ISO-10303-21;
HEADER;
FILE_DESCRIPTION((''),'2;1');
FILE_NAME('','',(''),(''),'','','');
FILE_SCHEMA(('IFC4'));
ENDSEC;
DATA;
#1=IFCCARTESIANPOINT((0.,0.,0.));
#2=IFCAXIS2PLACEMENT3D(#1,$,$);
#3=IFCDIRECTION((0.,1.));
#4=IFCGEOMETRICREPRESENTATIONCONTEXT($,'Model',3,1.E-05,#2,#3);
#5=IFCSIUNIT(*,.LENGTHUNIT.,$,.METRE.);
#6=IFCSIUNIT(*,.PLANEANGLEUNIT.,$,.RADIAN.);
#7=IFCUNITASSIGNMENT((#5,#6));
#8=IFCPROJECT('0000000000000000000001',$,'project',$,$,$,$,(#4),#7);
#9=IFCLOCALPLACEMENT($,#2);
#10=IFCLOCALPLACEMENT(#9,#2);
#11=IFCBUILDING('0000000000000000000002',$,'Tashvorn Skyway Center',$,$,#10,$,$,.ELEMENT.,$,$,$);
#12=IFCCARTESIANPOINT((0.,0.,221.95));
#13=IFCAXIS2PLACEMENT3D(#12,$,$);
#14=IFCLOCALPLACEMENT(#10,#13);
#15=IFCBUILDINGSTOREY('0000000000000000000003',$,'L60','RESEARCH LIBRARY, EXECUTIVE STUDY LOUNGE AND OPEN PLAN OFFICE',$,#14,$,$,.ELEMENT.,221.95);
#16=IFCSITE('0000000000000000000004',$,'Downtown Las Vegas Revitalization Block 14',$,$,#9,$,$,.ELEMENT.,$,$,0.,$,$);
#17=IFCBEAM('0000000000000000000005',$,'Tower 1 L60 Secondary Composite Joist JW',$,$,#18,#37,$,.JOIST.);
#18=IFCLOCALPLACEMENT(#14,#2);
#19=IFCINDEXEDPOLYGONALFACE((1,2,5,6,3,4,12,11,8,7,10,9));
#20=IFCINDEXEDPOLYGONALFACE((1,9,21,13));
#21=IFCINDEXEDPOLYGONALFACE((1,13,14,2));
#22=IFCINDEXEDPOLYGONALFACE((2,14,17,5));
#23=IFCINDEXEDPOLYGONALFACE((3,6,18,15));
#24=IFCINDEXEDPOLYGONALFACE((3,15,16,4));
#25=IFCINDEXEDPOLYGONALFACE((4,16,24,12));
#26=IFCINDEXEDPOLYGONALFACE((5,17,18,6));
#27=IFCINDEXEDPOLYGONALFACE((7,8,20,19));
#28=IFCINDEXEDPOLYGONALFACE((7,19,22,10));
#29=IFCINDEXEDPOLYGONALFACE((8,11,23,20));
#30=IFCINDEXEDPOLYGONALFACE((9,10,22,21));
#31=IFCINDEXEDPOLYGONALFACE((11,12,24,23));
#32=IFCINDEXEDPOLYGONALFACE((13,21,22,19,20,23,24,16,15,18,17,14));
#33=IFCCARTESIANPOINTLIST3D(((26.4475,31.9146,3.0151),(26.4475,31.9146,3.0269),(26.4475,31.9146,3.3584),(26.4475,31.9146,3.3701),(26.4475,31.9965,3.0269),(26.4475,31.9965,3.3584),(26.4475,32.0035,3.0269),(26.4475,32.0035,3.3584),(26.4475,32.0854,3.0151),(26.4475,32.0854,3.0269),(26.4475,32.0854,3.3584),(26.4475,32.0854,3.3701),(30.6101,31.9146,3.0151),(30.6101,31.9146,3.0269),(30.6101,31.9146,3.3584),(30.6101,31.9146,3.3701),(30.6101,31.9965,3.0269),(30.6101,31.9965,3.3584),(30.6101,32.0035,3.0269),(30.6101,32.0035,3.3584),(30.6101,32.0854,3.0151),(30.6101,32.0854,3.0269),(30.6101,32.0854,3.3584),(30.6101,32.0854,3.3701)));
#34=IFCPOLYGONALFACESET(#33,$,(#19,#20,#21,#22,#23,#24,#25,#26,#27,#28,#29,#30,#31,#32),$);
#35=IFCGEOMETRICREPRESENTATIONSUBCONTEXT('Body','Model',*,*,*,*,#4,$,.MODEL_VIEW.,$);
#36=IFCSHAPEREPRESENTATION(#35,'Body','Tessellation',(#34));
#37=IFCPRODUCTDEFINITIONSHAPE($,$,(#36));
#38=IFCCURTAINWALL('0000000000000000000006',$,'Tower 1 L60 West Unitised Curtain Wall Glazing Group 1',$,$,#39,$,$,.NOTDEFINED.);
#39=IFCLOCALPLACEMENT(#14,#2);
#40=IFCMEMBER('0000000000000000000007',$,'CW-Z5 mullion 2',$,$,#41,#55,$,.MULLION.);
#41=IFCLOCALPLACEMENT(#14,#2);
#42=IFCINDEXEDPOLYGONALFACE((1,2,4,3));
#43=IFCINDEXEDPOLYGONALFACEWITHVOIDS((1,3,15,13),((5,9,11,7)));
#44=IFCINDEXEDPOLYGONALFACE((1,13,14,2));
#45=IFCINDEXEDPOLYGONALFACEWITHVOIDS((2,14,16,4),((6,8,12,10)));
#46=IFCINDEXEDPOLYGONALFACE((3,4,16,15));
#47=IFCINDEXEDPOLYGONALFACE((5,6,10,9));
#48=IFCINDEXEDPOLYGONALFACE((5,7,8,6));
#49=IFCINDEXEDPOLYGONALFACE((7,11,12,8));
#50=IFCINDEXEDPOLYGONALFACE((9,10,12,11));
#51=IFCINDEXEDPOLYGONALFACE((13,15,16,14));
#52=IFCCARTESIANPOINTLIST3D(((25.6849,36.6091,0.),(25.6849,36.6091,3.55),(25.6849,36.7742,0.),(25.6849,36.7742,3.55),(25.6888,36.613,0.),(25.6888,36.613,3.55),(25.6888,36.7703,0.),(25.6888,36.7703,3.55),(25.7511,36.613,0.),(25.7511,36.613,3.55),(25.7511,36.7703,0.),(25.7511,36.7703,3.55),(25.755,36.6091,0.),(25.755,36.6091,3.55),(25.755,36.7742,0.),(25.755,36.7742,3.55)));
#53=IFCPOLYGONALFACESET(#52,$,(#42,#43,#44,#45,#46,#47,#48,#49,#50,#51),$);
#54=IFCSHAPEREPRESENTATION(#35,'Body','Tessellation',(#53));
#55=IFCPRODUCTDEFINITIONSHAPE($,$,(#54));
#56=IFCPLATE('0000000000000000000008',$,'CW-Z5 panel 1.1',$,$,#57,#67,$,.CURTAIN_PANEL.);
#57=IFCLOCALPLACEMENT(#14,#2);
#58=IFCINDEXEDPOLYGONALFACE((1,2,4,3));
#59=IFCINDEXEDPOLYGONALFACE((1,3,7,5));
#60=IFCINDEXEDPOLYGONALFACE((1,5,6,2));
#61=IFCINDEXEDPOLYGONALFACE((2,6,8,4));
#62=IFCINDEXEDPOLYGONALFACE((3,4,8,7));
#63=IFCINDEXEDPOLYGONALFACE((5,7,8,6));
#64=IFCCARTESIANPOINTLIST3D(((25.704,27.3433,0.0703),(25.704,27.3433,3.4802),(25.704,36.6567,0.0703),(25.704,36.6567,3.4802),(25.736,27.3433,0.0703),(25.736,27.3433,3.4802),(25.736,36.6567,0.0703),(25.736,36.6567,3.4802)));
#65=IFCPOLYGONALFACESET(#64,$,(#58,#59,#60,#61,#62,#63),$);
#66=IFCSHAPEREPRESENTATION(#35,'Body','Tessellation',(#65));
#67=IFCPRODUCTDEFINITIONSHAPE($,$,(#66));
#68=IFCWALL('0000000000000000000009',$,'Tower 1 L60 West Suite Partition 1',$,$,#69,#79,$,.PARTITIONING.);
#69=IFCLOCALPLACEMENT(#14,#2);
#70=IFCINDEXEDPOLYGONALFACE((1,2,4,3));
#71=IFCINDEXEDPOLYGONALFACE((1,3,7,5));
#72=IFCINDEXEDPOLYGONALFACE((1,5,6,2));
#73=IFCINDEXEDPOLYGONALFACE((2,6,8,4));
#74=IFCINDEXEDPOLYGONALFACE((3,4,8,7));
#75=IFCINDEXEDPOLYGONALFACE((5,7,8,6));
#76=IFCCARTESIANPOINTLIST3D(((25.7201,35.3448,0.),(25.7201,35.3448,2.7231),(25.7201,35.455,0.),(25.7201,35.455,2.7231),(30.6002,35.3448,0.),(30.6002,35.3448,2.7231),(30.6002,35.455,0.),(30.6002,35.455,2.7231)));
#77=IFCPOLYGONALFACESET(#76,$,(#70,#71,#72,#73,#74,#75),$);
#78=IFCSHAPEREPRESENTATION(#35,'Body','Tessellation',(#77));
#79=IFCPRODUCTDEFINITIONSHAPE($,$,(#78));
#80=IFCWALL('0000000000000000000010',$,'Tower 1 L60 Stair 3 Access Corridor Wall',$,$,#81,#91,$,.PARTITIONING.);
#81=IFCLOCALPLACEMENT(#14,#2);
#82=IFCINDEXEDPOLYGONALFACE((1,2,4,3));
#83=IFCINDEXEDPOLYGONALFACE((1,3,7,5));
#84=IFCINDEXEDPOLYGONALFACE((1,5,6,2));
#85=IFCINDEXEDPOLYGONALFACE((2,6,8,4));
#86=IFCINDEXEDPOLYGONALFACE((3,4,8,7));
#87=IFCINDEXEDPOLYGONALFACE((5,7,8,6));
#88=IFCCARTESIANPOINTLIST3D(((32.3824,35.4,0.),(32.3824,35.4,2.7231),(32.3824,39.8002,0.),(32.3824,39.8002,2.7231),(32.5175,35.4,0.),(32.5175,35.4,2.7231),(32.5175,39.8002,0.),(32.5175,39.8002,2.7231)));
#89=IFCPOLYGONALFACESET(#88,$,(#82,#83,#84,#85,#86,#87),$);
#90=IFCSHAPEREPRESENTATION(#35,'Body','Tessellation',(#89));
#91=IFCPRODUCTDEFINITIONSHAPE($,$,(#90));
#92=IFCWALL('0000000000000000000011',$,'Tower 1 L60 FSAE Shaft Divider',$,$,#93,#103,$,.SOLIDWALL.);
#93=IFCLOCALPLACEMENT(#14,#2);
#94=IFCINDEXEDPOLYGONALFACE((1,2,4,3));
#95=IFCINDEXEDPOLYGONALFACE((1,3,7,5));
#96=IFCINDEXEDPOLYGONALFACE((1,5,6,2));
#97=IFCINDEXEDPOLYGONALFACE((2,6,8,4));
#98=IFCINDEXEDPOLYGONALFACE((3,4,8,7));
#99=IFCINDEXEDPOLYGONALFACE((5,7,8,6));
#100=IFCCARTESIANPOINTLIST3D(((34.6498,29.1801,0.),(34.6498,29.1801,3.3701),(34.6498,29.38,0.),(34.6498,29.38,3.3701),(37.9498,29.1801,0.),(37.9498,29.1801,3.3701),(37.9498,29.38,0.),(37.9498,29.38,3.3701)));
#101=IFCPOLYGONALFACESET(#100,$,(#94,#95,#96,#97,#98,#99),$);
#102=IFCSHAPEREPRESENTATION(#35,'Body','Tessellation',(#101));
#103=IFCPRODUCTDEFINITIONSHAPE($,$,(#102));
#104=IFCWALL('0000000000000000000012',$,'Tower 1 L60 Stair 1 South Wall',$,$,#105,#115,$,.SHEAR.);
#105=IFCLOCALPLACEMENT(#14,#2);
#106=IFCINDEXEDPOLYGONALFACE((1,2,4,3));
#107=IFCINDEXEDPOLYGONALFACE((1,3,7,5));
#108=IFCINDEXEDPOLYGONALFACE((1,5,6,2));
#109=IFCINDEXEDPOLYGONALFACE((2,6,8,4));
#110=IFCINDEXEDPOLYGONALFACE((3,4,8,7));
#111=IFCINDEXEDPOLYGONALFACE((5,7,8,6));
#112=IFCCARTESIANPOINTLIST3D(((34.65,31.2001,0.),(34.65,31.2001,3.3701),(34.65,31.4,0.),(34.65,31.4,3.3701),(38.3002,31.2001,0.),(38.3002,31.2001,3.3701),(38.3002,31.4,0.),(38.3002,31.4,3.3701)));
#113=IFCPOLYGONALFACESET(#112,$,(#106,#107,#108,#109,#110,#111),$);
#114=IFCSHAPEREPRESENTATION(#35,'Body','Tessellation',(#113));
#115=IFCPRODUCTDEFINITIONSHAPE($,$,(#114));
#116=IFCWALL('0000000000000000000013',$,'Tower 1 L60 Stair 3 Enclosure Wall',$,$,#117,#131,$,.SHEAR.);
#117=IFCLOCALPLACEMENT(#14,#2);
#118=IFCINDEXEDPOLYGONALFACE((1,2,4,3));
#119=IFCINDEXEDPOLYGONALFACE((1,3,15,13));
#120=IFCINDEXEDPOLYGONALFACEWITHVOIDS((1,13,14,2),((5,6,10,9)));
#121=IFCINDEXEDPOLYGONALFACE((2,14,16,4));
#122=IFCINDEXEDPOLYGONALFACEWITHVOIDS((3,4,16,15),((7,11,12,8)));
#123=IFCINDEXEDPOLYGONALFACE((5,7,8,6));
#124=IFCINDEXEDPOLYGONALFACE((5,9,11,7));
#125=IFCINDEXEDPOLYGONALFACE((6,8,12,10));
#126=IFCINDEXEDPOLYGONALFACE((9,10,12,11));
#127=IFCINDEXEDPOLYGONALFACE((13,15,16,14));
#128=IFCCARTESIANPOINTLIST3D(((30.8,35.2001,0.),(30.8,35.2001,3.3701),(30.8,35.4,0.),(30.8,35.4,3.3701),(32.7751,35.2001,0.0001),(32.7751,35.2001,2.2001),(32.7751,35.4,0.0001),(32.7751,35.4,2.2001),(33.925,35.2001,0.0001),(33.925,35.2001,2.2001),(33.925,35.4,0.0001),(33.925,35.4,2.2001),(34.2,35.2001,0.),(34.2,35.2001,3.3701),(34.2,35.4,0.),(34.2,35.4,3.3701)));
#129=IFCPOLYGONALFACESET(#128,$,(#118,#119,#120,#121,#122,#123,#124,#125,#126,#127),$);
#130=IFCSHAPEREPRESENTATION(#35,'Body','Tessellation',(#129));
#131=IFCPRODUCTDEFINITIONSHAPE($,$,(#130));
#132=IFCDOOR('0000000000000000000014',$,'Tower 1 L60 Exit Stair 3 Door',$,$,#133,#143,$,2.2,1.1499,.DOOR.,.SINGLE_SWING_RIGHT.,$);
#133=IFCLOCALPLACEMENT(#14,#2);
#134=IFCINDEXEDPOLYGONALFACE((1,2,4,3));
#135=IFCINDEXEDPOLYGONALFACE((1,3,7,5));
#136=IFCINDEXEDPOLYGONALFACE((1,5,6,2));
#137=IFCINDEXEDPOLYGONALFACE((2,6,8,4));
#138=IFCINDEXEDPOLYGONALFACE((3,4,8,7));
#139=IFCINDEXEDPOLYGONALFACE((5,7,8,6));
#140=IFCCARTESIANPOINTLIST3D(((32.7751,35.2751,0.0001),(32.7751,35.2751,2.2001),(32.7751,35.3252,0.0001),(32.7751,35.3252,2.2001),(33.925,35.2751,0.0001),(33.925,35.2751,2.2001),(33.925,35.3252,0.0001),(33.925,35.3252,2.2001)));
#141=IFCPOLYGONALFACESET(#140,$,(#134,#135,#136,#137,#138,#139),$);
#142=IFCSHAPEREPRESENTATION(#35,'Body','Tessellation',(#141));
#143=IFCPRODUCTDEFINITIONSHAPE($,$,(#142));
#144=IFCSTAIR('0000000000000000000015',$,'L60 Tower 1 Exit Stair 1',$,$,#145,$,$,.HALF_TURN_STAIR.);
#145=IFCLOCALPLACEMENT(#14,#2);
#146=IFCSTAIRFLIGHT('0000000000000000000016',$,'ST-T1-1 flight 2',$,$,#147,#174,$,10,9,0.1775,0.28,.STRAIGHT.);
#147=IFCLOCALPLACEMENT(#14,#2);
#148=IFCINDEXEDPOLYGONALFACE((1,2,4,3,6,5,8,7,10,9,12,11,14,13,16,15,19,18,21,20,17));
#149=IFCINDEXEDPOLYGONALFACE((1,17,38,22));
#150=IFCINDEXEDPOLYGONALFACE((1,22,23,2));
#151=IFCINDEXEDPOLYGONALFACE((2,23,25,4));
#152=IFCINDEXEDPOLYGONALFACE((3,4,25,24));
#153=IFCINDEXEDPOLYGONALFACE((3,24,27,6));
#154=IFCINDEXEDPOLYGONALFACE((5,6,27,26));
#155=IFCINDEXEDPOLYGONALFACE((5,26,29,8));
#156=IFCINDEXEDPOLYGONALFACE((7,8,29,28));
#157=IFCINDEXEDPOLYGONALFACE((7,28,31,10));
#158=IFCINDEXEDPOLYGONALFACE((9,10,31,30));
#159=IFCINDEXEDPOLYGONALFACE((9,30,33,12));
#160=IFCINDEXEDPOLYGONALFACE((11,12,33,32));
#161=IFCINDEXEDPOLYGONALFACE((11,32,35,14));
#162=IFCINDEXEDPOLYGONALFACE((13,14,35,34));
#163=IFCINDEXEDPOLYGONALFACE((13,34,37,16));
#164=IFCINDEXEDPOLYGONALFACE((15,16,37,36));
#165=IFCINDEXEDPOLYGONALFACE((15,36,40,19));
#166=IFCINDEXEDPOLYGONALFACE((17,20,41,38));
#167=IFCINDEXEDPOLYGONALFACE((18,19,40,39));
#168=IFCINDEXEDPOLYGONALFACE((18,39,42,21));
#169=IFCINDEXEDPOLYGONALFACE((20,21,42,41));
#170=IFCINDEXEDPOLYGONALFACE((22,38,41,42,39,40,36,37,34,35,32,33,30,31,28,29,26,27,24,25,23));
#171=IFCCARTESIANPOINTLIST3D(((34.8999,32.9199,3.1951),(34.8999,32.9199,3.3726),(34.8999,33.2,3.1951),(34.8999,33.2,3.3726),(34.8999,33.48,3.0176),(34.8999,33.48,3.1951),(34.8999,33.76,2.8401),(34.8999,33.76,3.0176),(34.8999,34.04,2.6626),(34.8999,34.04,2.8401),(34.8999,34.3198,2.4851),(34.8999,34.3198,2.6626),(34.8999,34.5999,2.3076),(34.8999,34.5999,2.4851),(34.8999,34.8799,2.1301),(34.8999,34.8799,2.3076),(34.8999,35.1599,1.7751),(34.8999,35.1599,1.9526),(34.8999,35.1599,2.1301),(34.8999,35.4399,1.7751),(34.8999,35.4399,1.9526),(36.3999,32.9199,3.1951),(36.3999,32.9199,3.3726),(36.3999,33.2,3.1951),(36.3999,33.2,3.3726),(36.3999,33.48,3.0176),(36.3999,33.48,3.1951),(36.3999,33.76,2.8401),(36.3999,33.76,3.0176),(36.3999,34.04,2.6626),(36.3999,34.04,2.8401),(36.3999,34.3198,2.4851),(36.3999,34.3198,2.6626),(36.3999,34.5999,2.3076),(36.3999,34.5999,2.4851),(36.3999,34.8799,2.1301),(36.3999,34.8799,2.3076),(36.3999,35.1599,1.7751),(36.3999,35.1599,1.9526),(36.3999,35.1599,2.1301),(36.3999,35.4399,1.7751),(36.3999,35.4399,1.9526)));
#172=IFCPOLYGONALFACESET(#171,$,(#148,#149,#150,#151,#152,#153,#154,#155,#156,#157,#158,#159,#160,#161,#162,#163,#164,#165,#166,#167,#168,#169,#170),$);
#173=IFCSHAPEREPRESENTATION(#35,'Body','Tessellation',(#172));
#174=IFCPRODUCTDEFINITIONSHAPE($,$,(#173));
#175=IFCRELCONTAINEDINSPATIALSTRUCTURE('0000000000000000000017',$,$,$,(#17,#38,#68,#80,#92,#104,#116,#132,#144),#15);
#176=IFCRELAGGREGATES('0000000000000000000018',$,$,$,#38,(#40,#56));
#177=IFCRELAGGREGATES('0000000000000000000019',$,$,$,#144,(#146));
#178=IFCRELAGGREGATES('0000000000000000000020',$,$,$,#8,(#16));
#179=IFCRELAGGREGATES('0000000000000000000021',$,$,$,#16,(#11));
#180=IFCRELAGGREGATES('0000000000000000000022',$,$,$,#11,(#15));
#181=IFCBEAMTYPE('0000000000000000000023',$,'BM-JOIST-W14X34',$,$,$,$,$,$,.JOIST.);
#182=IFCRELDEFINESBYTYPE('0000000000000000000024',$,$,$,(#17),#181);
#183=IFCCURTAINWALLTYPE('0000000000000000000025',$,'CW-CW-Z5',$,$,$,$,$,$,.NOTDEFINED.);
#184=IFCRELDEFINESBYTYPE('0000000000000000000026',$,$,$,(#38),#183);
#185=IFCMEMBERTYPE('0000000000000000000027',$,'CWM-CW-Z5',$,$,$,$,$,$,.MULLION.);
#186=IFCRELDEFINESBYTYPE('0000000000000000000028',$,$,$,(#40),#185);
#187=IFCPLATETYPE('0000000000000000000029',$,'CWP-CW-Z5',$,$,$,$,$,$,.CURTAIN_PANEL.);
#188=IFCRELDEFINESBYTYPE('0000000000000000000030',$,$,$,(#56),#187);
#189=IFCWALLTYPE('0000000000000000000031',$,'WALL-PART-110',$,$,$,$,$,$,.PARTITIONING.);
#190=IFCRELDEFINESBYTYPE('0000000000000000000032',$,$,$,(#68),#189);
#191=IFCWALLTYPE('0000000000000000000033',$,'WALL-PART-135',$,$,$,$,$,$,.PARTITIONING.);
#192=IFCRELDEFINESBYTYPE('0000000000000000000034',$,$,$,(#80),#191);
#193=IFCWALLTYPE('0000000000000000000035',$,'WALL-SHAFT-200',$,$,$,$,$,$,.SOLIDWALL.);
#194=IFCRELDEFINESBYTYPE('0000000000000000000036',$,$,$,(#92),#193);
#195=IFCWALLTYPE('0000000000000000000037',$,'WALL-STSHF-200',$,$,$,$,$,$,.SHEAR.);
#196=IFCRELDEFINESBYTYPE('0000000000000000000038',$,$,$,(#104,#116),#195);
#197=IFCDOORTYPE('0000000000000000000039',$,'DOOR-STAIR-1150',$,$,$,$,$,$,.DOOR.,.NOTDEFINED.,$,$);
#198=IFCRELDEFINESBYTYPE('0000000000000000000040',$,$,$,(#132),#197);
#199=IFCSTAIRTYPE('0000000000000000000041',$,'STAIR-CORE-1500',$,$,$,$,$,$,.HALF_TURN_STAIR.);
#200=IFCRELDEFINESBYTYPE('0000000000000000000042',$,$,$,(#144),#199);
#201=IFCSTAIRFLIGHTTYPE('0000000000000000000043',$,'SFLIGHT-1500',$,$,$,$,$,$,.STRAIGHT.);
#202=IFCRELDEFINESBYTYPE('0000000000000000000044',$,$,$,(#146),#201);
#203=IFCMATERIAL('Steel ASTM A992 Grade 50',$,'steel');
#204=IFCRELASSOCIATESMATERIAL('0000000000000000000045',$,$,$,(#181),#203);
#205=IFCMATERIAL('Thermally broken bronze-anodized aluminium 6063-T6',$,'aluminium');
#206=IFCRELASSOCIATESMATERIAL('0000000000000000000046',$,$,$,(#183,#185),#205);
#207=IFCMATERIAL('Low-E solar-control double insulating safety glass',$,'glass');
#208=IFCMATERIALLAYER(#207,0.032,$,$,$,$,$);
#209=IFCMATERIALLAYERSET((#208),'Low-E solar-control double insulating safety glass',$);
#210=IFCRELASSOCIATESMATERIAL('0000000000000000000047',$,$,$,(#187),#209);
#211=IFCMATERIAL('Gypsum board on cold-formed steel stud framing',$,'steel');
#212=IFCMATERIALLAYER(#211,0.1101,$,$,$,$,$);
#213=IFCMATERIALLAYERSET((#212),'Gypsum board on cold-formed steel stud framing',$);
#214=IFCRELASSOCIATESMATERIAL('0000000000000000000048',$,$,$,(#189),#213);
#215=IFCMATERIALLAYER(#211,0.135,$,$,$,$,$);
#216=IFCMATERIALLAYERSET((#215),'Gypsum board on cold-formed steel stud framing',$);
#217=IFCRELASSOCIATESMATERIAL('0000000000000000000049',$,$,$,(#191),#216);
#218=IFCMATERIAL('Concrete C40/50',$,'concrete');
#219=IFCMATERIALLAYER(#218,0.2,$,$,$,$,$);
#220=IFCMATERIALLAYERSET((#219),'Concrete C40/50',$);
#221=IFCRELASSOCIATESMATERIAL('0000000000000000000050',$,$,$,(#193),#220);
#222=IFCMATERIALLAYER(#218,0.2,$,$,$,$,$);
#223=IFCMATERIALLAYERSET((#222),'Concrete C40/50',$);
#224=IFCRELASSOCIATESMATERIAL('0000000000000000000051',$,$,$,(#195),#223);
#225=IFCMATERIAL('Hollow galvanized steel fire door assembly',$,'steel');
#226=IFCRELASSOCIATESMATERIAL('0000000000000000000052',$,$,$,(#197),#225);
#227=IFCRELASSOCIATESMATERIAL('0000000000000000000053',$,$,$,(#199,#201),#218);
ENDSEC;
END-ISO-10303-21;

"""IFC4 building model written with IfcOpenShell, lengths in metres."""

from ifc_helpers import new_model, si_unit, direction, frame, frame_2d, origin, origin_2d, place, context, subcontext, project, spatial, polyline, rectangle, hollow_rectangle, i_section, outline, extrude, material, layer, layer_set, material_profile, profile_set, type_object, element, fill, aggregate, save


model = new_model("IFC4")

# Units and contexts
model_context = context("Model", 3, precision=1e-05, world=origin(), true_north=direction((0.0, 1.0)))
body_context = subcontext(model_context, "Body", "Model", "MODEL_VIEW")
ifc_project = project(units=[si_unit("LENGTHUNIT", "METRE"), si_unit("PLANEANGLEUNIT", "RADIAN")], contexts=[model_context])

# Site, building, storey
site_placement = place(None, origin())
site = spatial("IfcSite", under=ifc_project, at=site_placement, Name="Downtown Las Vegas Revitalization Block 14", CompositionType="ELEMENT", RefElevation=0.0)
building_placement = place(site_placement, origin())
building = spatial("IfcBuilding", under=site, at=building_placement, Name="Tashvorn Skyway Center", CompositionType="ELEMENT")
storey_placement = place(building_placement, frame((0.0, 0.0, 221.95)))
storey = spatial("IfcBuildingStorey", under=building, at=storey_placement, Name="L60", Description="RESEARCH LIBRARY, EXECUTIVE STUDY LOUNGE AND OPEN PLAN OFFICE", CompositionType="ELEMENT", Elevation=221.95)

# Beam
ifc_material_1 = material(Name="Steel ASTM A992 Grade 50", Category="steel")
ifc_material_profile_1 = material_profile(ifc_material_1, i_section(OverallWidth=0.1709, OverallDepth=0.355, WebThickness=0.0071, FlangeThickness=0.0117, at=origin_2d()), Name="W14X34")
ifc_profile_set_1 = profile_set([ifc_material_profile_1], Name="Steel ASTM A992 Grade 50")
beam_type = type_object("IfcBeamType", Name="BM-JOIST-W14X34", PredefinedType="JOIST", material=ifc_profile_set_1)
beam_placement = place(storey_placement, frame((30.6101, 32.0, 3.1926), z_axis=(-1.0, 0.0, 0.0), x_axis=(0.0, -1.0, 0.0)))
element("IfcBeam", 1, at=beam_placement, inside=storey, type_object=beam_type, Name="Tower 1 L60 Secondary Composite Joist JW", PredefinedType="JOIST", context=body_context, shape_type="SweptSolid", body=[
    extrude(i_section(OverallWidth=0.1709, OverallDepth=0.355, WebThickness=0.0071, FlangeThickness=0.0117, at=origin_2d()), origin(), (0.0, 0.0, 1.0), 4.1626),
])

# Curtain wall, member, plate
ifc_material_2 = material(Name="Thermally broken bronze-anodized aluminium 6063-T6", Category="aluminium")
curtain_wall_type = type_object("IfcCurtainWallType", Name="CW-CW-Z5", PredefinedType="NOTDEFINED", material=ifc_material_2)
curtain_wall_placement = place(storey_placement, origin())
curtain_wall = element("IfcCurtainWall", 2, at=curtain_wall_placement, inside=storey, type_object=curtain_wall_type, Name="Tower 1 L60 West Unitised Curtain Wall Glazing Group 1", PredefinedType="NOTDEFINED")
ifc_material_profile_2 = material_profile(ifc_material_2, hollow_rectangle(XDim=0.0701, YDim=0.165, WallThickness=0.0039, at=origin_2d()), Name="ALU-MULL-70x165")
ifc_profile_set_2 = profile_set([ifc_material_profile_2], Name="Thermally broken bronze-anodized aluminium 6063-T6")
member_type = type_object("IfcMemberType", Name="CWM-CW-Z5", PredefinedType="MULLION", material=ifc_profile_set_2)
member_placement = place(storey_placement, frame((25.72, 36.6917, 0.0), z_axis=(0.0, 0.0, 1.0), x_axis=(-1.0, 0.0, 0.0)))
member = element("IfcMember", 3, at=member_placement, type_object=member_type, Name="CW-Z5 mullion 2", PredefinedType="MULLION", context=body_context, shape_type="SweptSolid", body=[
    extrude(hollow_rectangle(XDim=0.0701, YDim=0.165, WallThickness=0.0039, at=origin_2d()), origin(), (0.0, 0.0, 1.0), 3.55),
])
ifc_material_3 = material(Name="Low-E solar-control double insulating safety glass", Category="glass")
ifc_layer_1 = layer(ifc_material_3, 0.032)
ifc_layer_set_1 = layer_set([ifc_layer_1], Name="Low-E solar-control double insulating safety glass")
plate_type = type_object("IfcPlateType", Name="CWP-CW-Z5", PredefinedType="CURTAIN_PANEL", material=ifc_layer_set_1)
plate_placement = place(storey_placement, frame((25.72, 32.0, 0.0703), z_axis=(0.0, 0.0, 1.0), x_axis=(0.0, 1.0, 0.0)))
plate = element("IfcPlate", 4, at=plate_placement, type_object=plate_type, Name="CW-Z5 panel 1.1", PredefinedType="CURTAIN_PANEL", context=body_context, shape_type="SweptSolid", body=[
    extrude(rectangle(XDim=9.3135, YDim=0.032, at=origin_2d()), origin(), (0.0, 0.0, 1.0), 3.4099),
])
aggregate(curtain_wall, [member, plate])

# Walls
ifc_material_4 = material(Name="Gypsum board on cold-formed steel stud framing", Category="steel")
ifc_layer_2 = layer(ifc_material_4, 0.1101)
ifc_layer_set_2 = layer_set([ifc_layer_2], Name="Gypsum board on cold-formed steel stud framing")
wall_type_1 = type_object("IfcWallType", Name="WALL-PART-110", PredefinedType="PARTITIONING", material=ifc_layer_set_2)
wall_1_placement = place(storey_placement, frame((30.6001, 35.3999, 0.0), z_axis=(0.0, 0.0, 1.0), x_axis=(-1.0, 0.0, 0.0)))
element("IfcWall", 5, at=wall_1_placement, inside=storey, type_object=wall_type_1, Name="Tower 1 L60 West Suite Partition 1", PredefinedType="PARTITIONING", context=body_context, shape_type="SweptSolid", body=[
    extrude(rectangle(XDim=4.8801, YDim=0.1101, at=frame_2d((2.4399, 0.0))), origin(), (0.0, 0.0, 1.0), 2.7231),
])
ifc_layer_3 = layer(ifc_material_4, 0.135)
ifc_layer_set_3 = layer_set([ifc_layer_3], Name="Gypsum board on cold-formed steel stud framing")
wall_type_2 = type_object("IfcWallType", Name="WALL-PART-135", PredefinedType="PARTITIONING", material=ifc_layer_set_3)
wall_2_placement = place(storey_placement, frame((32.45, 35.3999, 0.0), z_axis=(0.0, 0.0, 1.0), x_axis=(0.0, 1.0, 0.0)))
element("IfcWall", 6, at=wall_2_placement, inside=storey, type_object=wall_type_2, Name="Tower 1 L60 Stair 3 Access Corridor Wall", PredefinedType="PARTITIONING", context=body_context, shape_type="SweptSolid", body=[
    extrude(rectangle(XDim=4.4001, YDim=0.135, at=frame_2d((2.2002, 0.0))), origin(), (0.0, 0.0, 1.0), 2.7231),
])
ifc_material_5 = material(Name="Concrete C40/50", Category="concrete")
ifc_layer_4 = layer(ifc_material_5, 0.2)
ifc_layer_set_4 = layer_set([ifc_layer_4], Name="Concrete C40/50")
wall_type_3 = type_object("IfcWallType", Name="WALL-SHAFT-200", PredefinedType="SOLIDWALL", material=ifc_layer_set_4)
wall_3_placement = place(storey_placement, frame((34.6499, 29.28, 0.0), z_axis=(0.0, 0.0, 1.0), x_axis=(1.0, 0.0, 0.0)))
element("IfcWall", 7, at=wall_3_placement, inside=storey, type_object=wall_type_3, Name="Tower 1 L60 FSAE Shaft Divider", PredefinedType="SOLIDWALL", context=body_context, shape_type="SweptSolid", body=[
    extrude(rectangle(XDim=3.3, YDim=0.2, at=frame_2d((1.6499, 0.0))), origin(), (0.0, 0.0, 1.0), 3.3701),
])
ifc_layer_5 = layer(ifc_material_5, 0.2)
ifc_layer_set_5 = layer_set([ifc_layer_5], Name="Concrete C40/50")
wall_type_4 = type_object("IfcWallType", Name="WALL-STSHF-200", PredefinedType="SHEAR", material=ifc_layer_set_5)
wall_4_placement = place(storey_placement, frame((34.6499, 31.3, 0.0), z_axis=(0.0, 0.0, 1.0), x_axis=(1.0, 0.0, 0.0)))
element("IfcWall", 8, at=wall_4_placement, inside=storey, type_object=wall_type_4, Name="Tower 1 L60 Stair 1 South Wall", PredefinedType="SHEAR", context=body_context, shape_type="SweptSolid", body=[
    extrude(rectangle(XDim=3.6501, YDim=0.2, at=frame_2d((1.8252, 0.0))), origin(), (0.0, 0.0, 1.0), 3.3701),
])

# Wall, opening, door
wall_5_placement = place(storey_placement, frame((34.2, 35.3, 0.0), z_axis=(0.0, 0.0, 1.0), x_axis=(-1.0, 0.0, 0.0)))
wall_5 = element("IfcWall", 9, at=wall_5_placement, inside=storey, type_object=wall_type_4, Name="Tower 1 L60 Stair 3 Enclosure Wall", PredefinedType="SHEAR", context=body_context, shape_type="SweptSolid", body=[
    extrude(rectangle(XDim=3.3999, YDim=0.2, at=frame_2d((1.7, 0.0))), origin(), (0.0, 0.0, 1.0), 3.3701),
])
opening_placement = place(wall_5_placement, frame((0.2749, 0.0, 0.0)))
opening = element("IfcOpeningElement", 10, at=opening_placement, cuts=wall_5, PredefinedType="OPENING", context=body_context, shape_type="SweptSolid", body=[
    extrude(rectangle(XDim=1.1499, YDim=2.2, at=frame_2d((0.575, 1.1001))), frame((0.0, 0.1099, 0.0), z_axis=(0.0, -1.0, 0.0), x_axis=(1.0, 0.0, 0.0)), (0.0, 0.0, 1.0), 0.22),
])
ifc_material_6 = material(Name="Hollow galvanized steel fire door assembly", Category="steel")
door_type = type_object("IfcDoorType", Name="DOOR-STAIR-1150", OperationType="NOTDEFINED", PredefinedType="DOOR", material=ifc_material_6)
door_placement = place(opening_placement, origin())
door = element("IfcDoor", 11, at=door_placement, inside=storey, type_object=door_type, Name="Tower 1 L60 Exit Stair 3 Door", OperationType="SINGLE_SWING_RIGHT", OverallHeight=2.2, OverallWidth=1.1499, PredefinedType="DOOR", context=body_context, shape_type="SweptSolid", body=[
    extrude(rectangle(XDim=1.1499, YDim=2.2, at=frame_2d((0.575, 1.1001))), frame((0.0, 0.0249, 0.0), z_axis=(0.0, -1.0, 0.0), x_axis=(1.0, 0.0, 0.0)), (0.0, 0.0, 1.0), 0.05),
])
fill(opening, door)

# Stair, stair flight
stair_type = type_object("IfcStairType", Name="STAIR-CORE-1500", PredefinedType="HALF_TURN_STAIR", material=ifc_material_5)
stair_1_placement = place(storey_placement, origin())
stair_1 = element("IfcStair", 12, at=stair_1_placement, inside=storey, type_object=stair_type, Name="L60 Tower 1 Exit Stair 1", PredefinedType="HALF_TURN_STAIR")
stair_flight_type = type_object("IfcStairFlightType", Name="SFLIGHT-1500", PredefinedType="STRAIGHT", material=ifc_material_5)
stair_flight_1_placement = place(storey_placement, frame((35.6499, 35.4399, 1.7751), z_axis=(0.0, 0.0, 1.0), x_axis=(0.0, -1.0, 0.0)))
stair_flight_1 = element("IfcStairFlight", 13, at=stair_flight_1_placement, type_object=stair_flight_type, Name="ST-T1-1 flight 2", NumberOfRisers=10, NumberOfTreads=9, PredefinedType="STRAIGHT", RiserHeight=0.1775, TreadLength=0.28, context=body_context, shape_type="SweptSolid", body=[
    extrude(outline(polyline([(0.0, 0.0), (0.0, 0.1775), (0.28, 0.1775), (0.28, 0.355), (0.5601, 0.355), (0.5601, 0.5325), (0.8401, 0.5325), (0.8401, 0.71), (1.1201, 0.71), (1.1201, 0.8875), (1.3999, 0.8875), (1.3999, 1.0649), (1.6799, 1.0649), (1.6799, 1.2424), (1.96, 1.2424), (1.96, 1.4199), (2.24, 1.4199), (2.24, 1.5974), (2.52, 1.5974), (2.52, 1.7749), (2.52, 1.4199), (0.28, 0.0), (0.0, 0.0)])), frame((0.0, 0.75, 0.0), z_axis=(0.0, -1.0, 0.0), x_axis=(1.0, 0.0, 0.0)), (0.0, 0.0, 1.0), 1.5),
])
aggregate(stair_1, [stair_flight_1])

save(model, "model.ifc")
